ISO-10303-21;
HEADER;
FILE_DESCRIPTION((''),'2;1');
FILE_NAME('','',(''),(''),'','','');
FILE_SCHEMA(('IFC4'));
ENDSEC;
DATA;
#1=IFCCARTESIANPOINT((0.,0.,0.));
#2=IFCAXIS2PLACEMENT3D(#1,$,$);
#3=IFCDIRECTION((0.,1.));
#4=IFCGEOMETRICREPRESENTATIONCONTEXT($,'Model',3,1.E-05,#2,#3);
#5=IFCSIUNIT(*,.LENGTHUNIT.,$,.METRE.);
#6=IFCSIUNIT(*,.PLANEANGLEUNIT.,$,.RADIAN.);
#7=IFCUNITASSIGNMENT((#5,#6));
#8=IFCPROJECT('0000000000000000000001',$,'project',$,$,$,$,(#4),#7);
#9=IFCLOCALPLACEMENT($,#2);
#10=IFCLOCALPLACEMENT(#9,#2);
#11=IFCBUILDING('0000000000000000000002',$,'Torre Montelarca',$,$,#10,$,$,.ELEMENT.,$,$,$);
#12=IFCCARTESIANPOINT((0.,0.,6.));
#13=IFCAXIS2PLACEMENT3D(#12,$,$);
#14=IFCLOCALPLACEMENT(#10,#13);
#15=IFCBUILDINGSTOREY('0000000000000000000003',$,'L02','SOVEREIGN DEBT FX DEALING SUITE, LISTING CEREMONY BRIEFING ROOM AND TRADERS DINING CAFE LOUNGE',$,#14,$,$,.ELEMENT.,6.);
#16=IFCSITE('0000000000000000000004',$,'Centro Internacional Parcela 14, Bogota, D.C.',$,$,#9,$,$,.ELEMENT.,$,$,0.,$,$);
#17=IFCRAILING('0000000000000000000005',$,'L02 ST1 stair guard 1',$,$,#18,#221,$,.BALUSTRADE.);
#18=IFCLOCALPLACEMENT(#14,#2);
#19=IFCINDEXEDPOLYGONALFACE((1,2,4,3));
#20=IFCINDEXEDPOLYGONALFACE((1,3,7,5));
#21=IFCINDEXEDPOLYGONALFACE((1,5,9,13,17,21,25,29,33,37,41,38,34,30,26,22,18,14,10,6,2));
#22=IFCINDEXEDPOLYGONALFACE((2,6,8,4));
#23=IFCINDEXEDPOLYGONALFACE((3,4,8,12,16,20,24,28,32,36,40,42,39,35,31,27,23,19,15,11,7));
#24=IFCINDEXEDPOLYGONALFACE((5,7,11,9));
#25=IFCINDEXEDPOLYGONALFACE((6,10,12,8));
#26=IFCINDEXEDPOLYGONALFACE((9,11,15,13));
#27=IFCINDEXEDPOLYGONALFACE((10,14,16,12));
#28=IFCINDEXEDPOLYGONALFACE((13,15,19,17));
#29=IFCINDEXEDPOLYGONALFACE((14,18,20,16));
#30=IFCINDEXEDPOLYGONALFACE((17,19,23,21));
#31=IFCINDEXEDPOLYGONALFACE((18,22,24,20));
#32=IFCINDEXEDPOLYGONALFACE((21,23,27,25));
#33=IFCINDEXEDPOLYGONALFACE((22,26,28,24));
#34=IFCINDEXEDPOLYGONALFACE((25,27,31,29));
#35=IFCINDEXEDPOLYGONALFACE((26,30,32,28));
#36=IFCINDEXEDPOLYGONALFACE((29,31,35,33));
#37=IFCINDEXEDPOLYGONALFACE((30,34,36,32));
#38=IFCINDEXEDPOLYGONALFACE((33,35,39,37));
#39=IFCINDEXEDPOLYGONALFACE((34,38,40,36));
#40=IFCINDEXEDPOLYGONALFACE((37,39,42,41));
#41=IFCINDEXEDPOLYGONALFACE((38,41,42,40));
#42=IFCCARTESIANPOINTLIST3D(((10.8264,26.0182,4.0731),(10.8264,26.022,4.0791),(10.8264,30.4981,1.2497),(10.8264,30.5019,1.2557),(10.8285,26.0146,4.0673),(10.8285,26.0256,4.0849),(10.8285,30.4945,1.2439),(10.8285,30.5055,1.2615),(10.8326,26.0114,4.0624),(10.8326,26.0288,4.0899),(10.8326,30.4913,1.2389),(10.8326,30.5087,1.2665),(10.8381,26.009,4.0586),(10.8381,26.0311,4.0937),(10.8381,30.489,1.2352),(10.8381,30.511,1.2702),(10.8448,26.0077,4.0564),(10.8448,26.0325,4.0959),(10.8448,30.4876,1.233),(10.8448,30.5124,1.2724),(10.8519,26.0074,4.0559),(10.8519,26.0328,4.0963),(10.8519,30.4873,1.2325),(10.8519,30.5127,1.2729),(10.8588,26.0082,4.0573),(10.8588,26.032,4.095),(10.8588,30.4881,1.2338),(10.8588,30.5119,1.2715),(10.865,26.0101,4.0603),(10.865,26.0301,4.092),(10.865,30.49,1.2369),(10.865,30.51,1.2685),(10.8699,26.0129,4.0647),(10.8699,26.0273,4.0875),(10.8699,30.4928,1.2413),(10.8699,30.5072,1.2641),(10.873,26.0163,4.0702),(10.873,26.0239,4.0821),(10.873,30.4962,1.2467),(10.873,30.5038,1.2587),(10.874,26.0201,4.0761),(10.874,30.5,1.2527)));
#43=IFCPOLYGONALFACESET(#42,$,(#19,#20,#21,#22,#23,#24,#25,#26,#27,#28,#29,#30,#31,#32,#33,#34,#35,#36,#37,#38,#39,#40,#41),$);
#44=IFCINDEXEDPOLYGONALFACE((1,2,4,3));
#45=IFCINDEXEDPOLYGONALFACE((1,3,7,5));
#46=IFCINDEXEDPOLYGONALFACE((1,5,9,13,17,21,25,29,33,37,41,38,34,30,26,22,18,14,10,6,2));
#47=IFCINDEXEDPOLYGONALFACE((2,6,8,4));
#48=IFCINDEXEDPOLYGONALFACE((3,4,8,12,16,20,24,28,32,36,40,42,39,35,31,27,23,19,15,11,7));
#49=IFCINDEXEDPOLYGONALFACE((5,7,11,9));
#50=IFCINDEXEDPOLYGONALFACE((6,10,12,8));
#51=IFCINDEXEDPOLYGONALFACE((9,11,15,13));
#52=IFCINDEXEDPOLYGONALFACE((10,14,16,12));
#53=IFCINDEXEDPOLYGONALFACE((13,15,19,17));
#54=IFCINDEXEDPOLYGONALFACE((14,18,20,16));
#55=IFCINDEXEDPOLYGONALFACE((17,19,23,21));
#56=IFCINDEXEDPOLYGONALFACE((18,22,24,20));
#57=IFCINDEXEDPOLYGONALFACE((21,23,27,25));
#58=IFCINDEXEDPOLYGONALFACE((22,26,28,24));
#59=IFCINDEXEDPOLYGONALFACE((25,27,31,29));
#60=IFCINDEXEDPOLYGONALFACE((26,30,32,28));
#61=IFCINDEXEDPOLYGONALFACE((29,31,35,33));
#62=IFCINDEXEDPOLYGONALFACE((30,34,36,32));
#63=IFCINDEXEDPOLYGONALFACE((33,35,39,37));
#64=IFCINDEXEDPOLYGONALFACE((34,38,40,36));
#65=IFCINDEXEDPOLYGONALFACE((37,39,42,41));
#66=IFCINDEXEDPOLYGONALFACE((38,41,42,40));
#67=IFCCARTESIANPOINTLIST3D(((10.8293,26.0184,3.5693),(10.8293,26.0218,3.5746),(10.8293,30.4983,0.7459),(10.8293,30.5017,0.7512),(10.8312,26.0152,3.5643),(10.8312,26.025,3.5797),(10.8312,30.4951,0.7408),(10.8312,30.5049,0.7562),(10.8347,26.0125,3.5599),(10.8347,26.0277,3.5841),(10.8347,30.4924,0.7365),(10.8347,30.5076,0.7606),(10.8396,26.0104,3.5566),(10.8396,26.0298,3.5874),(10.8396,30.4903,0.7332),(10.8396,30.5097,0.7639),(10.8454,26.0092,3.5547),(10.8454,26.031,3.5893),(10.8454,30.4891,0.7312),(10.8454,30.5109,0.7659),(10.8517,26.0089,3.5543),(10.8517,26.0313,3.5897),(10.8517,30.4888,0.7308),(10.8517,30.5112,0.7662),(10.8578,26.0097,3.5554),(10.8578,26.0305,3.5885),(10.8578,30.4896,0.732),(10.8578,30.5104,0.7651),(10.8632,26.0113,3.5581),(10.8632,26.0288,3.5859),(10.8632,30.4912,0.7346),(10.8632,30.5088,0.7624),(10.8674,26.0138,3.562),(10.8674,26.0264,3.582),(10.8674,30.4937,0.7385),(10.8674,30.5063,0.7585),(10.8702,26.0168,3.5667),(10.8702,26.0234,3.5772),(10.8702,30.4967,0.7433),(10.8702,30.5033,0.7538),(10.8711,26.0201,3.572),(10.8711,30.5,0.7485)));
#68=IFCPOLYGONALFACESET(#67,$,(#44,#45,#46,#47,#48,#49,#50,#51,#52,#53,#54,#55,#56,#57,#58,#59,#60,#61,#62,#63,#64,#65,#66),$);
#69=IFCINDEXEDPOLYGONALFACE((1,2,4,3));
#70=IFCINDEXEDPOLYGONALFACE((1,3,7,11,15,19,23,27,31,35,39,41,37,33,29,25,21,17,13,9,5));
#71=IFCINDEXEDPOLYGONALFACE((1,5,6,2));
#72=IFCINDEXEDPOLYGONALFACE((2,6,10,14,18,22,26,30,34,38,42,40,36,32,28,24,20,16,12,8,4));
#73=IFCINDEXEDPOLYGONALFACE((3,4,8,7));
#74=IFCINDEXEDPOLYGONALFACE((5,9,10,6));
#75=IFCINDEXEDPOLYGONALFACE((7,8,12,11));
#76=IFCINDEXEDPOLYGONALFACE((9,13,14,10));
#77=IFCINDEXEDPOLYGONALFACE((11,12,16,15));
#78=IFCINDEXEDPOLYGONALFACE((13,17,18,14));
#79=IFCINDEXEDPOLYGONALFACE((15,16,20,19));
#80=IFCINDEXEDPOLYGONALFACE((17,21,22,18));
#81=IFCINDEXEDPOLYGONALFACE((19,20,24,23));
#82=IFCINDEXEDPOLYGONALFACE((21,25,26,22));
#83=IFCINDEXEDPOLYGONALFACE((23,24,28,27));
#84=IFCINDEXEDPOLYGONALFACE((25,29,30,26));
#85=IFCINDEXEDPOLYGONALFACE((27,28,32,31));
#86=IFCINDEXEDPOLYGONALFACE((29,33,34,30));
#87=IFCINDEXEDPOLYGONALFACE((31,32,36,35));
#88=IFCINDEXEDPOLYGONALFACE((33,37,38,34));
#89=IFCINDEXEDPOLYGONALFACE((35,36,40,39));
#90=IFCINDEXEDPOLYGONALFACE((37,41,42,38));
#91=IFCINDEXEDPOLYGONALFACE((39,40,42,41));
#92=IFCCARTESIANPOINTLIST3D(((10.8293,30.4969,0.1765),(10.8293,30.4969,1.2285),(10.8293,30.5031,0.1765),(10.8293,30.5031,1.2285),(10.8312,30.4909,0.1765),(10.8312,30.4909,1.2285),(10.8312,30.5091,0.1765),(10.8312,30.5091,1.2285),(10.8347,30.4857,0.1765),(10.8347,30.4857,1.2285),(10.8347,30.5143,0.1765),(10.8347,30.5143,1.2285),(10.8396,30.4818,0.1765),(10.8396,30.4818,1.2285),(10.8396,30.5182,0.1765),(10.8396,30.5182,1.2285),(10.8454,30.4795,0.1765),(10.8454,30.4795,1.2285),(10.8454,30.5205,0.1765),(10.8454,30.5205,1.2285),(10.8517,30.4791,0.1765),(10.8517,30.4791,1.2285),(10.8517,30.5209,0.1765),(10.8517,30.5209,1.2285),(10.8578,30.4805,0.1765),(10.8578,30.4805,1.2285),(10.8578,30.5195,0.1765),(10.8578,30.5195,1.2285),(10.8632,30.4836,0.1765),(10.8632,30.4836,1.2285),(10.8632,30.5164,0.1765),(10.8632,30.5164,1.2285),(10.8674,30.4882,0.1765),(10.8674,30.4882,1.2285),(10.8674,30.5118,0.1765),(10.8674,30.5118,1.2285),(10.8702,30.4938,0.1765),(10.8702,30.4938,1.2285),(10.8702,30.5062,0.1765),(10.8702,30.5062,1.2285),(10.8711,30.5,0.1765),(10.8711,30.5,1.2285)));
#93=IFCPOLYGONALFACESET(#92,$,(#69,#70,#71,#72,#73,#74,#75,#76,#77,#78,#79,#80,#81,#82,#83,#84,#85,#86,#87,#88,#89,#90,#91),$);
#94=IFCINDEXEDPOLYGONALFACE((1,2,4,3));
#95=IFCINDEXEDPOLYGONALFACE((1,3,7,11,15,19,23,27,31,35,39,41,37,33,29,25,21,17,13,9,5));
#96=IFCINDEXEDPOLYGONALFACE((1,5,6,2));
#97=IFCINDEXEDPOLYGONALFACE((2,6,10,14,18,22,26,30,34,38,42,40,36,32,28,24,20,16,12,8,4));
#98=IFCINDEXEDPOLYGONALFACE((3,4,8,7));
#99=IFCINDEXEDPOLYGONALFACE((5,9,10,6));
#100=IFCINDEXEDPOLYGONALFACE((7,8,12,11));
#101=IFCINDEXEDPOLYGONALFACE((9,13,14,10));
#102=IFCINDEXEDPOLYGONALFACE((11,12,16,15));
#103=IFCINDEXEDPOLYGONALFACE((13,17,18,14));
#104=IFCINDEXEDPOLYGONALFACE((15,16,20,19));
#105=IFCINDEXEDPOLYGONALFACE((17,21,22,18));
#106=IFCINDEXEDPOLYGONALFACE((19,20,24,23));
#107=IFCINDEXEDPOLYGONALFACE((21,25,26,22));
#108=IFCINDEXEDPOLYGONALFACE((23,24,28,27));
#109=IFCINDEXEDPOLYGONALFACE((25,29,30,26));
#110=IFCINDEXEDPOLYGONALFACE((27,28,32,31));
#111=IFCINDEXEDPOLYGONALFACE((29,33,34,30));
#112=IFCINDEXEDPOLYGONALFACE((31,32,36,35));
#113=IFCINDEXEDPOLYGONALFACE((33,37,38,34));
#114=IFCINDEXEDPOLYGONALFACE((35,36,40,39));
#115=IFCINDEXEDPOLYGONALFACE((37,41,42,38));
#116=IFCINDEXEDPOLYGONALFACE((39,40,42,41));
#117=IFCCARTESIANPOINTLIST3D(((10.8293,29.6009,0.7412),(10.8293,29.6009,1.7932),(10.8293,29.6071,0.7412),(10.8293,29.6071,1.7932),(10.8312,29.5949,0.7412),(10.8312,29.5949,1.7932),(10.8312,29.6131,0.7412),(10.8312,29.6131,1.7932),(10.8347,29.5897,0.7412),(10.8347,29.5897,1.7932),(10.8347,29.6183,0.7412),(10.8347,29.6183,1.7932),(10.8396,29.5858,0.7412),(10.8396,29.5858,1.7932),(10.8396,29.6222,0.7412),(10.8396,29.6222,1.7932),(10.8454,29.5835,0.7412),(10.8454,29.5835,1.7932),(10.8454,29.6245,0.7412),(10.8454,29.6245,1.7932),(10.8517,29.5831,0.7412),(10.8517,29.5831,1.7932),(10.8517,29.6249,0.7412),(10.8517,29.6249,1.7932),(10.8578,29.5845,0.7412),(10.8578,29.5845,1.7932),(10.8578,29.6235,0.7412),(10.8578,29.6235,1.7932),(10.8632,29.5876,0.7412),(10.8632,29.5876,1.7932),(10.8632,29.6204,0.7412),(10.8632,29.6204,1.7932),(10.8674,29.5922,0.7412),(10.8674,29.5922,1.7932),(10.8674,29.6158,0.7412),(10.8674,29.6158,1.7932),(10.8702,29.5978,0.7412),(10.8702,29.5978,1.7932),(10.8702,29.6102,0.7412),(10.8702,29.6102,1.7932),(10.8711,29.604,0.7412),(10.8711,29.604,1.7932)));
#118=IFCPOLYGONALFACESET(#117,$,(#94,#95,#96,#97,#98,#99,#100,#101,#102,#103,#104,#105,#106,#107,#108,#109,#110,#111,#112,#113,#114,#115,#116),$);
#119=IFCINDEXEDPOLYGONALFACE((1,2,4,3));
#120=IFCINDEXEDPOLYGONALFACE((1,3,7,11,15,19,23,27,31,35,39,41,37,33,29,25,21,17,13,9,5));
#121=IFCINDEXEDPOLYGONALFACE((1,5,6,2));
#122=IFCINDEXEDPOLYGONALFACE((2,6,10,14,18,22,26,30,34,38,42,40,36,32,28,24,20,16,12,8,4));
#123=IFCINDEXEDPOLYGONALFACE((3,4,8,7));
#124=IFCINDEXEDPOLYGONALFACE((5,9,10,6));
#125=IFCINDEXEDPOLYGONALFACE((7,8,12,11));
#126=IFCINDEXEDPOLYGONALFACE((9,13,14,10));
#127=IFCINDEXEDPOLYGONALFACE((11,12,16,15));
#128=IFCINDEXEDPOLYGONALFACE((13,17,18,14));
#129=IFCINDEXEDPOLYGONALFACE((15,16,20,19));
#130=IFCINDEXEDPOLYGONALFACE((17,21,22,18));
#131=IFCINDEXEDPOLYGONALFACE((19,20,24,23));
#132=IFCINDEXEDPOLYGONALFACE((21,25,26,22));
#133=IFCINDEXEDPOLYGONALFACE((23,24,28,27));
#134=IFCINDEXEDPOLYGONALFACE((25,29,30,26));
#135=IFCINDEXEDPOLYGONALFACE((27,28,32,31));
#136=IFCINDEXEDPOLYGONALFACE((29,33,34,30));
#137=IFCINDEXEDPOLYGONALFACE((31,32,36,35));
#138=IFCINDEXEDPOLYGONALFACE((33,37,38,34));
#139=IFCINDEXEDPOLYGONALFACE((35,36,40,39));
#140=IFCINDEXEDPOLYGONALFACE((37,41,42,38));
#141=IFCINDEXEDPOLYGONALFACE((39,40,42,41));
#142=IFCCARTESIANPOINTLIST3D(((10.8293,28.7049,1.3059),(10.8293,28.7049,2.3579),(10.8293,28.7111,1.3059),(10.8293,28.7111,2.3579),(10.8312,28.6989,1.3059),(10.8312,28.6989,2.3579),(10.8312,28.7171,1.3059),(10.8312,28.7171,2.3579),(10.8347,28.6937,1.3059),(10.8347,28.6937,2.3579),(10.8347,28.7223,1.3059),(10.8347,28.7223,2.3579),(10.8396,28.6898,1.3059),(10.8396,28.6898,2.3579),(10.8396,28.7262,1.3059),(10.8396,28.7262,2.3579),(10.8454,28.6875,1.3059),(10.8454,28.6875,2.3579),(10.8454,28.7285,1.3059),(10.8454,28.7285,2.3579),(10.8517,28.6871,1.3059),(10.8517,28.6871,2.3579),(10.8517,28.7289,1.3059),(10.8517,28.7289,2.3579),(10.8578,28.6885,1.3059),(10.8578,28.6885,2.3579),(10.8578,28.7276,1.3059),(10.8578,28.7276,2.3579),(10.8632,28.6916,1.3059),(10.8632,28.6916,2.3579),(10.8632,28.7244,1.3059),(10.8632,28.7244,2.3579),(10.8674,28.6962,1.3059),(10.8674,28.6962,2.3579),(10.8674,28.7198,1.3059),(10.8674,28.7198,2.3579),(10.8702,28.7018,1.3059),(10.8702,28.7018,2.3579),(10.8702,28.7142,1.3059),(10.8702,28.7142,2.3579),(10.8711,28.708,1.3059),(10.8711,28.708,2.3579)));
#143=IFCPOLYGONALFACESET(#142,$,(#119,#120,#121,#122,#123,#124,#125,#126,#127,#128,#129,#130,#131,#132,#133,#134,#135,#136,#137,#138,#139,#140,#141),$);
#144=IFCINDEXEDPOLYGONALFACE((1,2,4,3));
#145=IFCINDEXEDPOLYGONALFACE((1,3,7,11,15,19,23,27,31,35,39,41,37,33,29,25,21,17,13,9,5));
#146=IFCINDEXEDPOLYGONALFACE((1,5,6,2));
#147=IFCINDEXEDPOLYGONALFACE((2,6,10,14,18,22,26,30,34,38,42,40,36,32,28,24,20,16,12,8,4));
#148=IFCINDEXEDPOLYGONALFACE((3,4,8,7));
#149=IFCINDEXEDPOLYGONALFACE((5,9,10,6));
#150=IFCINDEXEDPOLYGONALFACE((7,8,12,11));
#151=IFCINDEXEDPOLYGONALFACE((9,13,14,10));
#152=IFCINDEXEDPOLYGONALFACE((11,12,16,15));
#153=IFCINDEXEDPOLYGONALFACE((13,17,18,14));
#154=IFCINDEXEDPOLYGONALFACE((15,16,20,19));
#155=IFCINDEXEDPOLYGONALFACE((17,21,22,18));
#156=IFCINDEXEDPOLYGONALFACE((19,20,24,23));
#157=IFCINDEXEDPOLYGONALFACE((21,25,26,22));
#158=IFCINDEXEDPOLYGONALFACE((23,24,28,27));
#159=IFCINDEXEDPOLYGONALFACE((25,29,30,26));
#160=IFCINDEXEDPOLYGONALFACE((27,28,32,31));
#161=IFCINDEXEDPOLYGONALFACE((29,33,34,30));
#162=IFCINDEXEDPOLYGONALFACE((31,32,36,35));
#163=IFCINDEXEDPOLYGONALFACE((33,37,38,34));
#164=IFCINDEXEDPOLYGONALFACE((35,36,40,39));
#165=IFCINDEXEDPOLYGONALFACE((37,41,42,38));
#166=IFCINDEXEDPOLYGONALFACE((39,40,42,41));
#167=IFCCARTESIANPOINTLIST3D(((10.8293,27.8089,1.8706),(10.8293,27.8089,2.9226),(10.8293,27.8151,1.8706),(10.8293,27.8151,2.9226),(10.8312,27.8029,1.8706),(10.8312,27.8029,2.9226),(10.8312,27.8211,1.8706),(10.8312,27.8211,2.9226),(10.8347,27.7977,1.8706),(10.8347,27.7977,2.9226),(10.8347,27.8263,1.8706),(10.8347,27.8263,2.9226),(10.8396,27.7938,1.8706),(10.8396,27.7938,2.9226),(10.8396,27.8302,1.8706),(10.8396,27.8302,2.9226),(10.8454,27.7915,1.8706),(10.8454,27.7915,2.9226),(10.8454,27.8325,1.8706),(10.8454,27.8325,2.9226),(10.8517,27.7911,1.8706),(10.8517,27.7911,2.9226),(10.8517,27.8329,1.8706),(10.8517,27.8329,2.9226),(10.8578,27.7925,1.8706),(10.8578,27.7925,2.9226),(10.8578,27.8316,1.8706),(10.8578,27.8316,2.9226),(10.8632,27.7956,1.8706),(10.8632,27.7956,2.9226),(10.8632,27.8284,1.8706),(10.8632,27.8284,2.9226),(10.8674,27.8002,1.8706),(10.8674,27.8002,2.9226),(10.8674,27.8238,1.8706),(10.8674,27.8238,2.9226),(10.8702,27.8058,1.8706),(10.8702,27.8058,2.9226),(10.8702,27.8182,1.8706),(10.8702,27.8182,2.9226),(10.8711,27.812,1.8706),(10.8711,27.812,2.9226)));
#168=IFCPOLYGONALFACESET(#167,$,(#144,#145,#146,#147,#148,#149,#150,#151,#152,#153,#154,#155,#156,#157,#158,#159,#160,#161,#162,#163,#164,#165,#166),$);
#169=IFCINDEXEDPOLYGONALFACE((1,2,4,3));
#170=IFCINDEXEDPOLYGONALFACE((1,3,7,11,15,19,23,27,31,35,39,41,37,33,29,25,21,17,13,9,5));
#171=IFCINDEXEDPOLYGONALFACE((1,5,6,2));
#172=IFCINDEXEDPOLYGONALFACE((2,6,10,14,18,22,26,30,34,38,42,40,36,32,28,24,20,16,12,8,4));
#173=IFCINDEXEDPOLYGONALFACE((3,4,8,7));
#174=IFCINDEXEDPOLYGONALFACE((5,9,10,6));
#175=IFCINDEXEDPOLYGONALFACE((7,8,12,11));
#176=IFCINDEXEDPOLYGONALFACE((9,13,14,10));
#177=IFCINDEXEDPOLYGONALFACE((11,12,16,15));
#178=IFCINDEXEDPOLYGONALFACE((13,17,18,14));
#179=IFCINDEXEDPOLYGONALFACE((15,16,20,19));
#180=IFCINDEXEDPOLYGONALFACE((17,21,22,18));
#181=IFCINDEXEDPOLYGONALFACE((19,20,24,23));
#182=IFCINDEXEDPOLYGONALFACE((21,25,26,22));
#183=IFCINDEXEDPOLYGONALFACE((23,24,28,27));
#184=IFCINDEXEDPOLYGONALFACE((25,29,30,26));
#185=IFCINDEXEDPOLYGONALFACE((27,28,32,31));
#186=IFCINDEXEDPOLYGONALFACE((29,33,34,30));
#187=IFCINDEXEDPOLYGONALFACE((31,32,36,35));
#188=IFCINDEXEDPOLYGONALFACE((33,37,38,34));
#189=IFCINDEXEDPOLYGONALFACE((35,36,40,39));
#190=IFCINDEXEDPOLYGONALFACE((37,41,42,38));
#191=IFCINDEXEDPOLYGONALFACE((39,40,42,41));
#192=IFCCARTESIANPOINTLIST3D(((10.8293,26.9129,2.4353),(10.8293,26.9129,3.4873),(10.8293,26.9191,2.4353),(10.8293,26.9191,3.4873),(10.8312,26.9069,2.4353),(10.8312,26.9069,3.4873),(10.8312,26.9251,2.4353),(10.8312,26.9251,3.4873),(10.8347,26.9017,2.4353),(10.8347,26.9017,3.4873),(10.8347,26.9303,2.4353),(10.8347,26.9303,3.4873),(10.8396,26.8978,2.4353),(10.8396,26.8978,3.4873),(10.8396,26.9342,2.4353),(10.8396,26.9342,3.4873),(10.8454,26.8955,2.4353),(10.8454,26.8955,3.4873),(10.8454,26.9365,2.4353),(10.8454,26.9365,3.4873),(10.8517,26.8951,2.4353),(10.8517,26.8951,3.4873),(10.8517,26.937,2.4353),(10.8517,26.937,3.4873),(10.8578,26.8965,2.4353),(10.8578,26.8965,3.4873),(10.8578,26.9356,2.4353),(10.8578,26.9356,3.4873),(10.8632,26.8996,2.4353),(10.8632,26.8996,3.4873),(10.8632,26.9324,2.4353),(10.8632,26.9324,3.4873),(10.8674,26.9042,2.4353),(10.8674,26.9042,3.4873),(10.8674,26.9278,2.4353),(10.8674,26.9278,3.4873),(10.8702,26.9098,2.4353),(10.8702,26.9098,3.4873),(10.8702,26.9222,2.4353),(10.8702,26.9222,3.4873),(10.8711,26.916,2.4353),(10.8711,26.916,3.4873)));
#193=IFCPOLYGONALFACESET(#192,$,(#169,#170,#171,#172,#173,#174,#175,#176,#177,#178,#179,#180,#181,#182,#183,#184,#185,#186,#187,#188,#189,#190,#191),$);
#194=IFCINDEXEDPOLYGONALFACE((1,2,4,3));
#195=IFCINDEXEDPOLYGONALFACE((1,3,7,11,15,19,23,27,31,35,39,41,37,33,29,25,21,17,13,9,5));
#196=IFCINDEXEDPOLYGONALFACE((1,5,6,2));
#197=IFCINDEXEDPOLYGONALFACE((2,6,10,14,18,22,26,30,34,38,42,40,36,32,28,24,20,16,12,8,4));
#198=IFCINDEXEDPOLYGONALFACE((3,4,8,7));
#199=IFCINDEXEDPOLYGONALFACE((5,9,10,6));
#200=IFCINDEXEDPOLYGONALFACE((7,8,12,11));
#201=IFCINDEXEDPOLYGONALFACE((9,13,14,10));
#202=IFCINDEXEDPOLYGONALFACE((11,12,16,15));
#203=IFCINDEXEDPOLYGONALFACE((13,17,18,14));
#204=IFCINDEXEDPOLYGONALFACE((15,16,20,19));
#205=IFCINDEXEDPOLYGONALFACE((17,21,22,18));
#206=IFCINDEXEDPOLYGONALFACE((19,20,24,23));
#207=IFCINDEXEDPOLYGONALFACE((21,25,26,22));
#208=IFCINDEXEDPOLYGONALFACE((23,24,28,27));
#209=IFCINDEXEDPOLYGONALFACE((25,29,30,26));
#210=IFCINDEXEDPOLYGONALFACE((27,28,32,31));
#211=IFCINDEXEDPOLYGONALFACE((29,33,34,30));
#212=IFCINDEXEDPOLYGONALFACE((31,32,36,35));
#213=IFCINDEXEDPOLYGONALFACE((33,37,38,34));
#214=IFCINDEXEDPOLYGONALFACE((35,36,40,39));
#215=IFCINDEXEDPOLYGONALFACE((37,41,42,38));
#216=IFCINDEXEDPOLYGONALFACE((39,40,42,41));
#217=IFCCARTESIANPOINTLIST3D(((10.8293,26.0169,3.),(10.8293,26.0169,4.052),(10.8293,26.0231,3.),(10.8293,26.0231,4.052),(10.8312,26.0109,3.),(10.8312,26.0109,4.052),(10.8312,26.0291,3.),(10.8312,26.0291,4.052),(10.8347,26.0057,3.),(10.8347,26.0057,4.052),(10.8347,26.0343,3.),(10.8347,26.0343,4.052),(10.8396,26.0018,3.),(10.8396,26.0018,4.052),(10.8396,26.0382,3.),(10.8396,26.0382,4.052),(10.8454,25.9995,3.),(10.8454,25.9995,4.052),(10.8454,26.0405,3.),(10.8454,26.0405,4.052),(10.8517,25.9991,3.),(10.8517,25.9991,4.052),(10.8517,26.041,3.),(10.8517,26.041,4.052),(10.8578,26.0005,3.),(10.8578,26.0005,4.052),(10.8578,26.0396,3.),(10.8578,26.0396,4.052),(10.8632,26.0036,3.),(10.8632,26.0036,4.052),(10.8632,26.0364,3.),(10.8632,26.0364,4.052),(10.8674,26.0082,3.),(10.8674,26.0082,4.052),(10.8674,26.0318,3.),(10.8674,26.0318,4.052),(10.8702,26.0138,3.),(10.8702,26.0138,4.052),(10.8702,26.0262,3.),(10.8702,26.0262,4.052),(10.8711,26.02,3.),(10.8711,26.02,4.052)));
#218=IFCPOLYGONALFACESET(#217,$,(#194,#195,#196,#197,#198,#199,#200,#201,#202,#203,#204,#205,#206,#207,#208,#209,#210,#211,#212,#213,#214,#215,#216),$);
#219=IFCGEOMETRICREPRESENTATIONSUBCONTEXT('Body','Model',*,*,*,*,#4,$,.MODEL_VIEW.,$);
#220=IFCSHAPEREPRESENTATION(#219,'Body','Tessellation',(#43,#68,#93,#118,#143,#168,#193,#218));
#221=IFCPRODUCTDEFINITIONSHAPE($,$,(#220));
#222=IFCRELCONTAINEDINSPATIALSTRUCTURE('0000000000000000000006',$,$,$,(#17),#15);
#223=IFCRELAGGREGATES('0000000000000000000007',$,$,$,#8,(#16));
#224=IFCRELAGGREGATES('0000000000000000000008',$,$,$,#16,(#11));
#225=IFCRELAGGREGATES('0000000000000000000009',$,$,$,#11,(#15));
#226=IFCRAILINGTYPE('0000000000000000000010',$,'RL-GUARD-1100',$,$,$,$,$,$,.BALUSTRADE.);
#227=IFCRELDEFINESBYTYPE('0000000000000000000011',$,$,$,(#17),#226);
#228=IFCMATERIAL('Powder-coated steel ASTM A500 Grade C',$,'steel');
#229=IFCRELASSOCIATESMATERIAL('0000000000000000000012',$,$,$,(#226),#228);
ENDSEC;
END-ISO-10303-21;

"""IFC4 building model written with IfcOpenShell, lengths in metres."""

from ifc_helpers import new_model, si_unit, direction, frame, origin, origin_2d, place, context, subcontext, project, spatial, circle, extrude, material, type_object, element, save


model = new_model("IFC4")

# Units and contexts
model_context = context("Model", 3, precision=1e-05, world=origin(), true_north=direction((0.0, 1.0)))
body_context = subcontext(model_context, "Body", "Model", "MODEL_VIEW")
ifc_project = project(units=[si_unit("LENGTHUNIT", "METRE"), si_unit("PLANEANGLEUNIT", "RADIAN")], contexts=[model_context])

# Site, building, storey
site_placement = place(None, origin())
site = spatial("IfcSite", under=ifc_project, at=site_placement, Name="Centro Internacional Parcela 14, Bogota, D.C.", CompositionType="ELEMENT", RefElevation=0.0)
building_placement = place(site_placement, origin())
building = spatial("IfcBuilding", under=site, at=building_placement, Name="Torre Montelarca", CompositionType="ELEMENT")
storey_placement = place(building_placement, frame((0.0, 0.0, 6.0)))
storey = spatial("IfcBuildingStorey", under=building, at=storey_placement, Name="L02", Description="SOVEREIGN DEBT FX DEALING SUITE, LISTING CEREMONY BRIEFING ROOM AND TRADERS DINING CAFE LOUNGE", CompositionType="ELEMENT", Elevation=6.0)

# Railing
ifc_material_1 = material(Name="Powder-coated steel ASTM A500 Grade C", Category="steel")
railing_type_1 = type_object("IfcRailingType", Name="RL-GUARD-1100", PredefinedType="BALUSTRADE", material=ifc_material_1)
railing_1_placement = place(storey_placement, frame((10.8501, 30.5, 0.1765)))
element("IfcRailing", 1, at=railing_1_placement, inside=storey, type_object=railing_type_1, Name="L02 ST1 stair guard 1", PredefinedType="BALUSTRADE", context=body_context, shape_type="SweptSolid", body=[
    extrude(circle(Radius=0.0239, at=origin_2d()), frame((0.0, 0.0, 1.0762), z_axis=(0.0, -0.845998, 0.533186), x_axis=(1.0, 0.0, 0.0)), (0.0, 0.0, 1.0), 5.2954),
    extrude(circle(Radius=0.021, at=origin_2d()), frame((0.0, 0.0, 0.572), z_axis=(0.0, -0.845998, 0.533186), x_axis=(1.0, 0.0, 0.0)), (0.0, 0.0, 1.0), 5.2954),
    extrude(circle(Radius=0.021, at=origin_2d()), origin(), (0.0, 0.0, 1.0), 1.052),
    extrude(circle(Radius=0.021, at=origin_2d()), frame((0.0, -0.896, 0.5647)), (0.0, 0.0, 1.0), 1.052),
    extrude(circle(Radius=0.021, at=origin_2d()), frame((0.0, -1.792, 1.1294)), (0.0, 0.0, 1.0), 1.052),
    extrude(circle(Radius=0.021, at=origin_2d()), frame((0.0, -2.688, 1.6941)), (0.0, 0.0, 1.0), 1.052),
    extrude(circle(Radius=0.021, at=origin_2d()), frame((0.0, -3.584, 2.2588)), (0.0, 0.0, 1.0), 1.052),
    extrude(circle(Radius=0.021, at=origin_2d()), frame((0.0, -4.48, 2.8235)), (0.0, 0.0, 1.0), 1.052),
])

save(model, "model.ifc")
